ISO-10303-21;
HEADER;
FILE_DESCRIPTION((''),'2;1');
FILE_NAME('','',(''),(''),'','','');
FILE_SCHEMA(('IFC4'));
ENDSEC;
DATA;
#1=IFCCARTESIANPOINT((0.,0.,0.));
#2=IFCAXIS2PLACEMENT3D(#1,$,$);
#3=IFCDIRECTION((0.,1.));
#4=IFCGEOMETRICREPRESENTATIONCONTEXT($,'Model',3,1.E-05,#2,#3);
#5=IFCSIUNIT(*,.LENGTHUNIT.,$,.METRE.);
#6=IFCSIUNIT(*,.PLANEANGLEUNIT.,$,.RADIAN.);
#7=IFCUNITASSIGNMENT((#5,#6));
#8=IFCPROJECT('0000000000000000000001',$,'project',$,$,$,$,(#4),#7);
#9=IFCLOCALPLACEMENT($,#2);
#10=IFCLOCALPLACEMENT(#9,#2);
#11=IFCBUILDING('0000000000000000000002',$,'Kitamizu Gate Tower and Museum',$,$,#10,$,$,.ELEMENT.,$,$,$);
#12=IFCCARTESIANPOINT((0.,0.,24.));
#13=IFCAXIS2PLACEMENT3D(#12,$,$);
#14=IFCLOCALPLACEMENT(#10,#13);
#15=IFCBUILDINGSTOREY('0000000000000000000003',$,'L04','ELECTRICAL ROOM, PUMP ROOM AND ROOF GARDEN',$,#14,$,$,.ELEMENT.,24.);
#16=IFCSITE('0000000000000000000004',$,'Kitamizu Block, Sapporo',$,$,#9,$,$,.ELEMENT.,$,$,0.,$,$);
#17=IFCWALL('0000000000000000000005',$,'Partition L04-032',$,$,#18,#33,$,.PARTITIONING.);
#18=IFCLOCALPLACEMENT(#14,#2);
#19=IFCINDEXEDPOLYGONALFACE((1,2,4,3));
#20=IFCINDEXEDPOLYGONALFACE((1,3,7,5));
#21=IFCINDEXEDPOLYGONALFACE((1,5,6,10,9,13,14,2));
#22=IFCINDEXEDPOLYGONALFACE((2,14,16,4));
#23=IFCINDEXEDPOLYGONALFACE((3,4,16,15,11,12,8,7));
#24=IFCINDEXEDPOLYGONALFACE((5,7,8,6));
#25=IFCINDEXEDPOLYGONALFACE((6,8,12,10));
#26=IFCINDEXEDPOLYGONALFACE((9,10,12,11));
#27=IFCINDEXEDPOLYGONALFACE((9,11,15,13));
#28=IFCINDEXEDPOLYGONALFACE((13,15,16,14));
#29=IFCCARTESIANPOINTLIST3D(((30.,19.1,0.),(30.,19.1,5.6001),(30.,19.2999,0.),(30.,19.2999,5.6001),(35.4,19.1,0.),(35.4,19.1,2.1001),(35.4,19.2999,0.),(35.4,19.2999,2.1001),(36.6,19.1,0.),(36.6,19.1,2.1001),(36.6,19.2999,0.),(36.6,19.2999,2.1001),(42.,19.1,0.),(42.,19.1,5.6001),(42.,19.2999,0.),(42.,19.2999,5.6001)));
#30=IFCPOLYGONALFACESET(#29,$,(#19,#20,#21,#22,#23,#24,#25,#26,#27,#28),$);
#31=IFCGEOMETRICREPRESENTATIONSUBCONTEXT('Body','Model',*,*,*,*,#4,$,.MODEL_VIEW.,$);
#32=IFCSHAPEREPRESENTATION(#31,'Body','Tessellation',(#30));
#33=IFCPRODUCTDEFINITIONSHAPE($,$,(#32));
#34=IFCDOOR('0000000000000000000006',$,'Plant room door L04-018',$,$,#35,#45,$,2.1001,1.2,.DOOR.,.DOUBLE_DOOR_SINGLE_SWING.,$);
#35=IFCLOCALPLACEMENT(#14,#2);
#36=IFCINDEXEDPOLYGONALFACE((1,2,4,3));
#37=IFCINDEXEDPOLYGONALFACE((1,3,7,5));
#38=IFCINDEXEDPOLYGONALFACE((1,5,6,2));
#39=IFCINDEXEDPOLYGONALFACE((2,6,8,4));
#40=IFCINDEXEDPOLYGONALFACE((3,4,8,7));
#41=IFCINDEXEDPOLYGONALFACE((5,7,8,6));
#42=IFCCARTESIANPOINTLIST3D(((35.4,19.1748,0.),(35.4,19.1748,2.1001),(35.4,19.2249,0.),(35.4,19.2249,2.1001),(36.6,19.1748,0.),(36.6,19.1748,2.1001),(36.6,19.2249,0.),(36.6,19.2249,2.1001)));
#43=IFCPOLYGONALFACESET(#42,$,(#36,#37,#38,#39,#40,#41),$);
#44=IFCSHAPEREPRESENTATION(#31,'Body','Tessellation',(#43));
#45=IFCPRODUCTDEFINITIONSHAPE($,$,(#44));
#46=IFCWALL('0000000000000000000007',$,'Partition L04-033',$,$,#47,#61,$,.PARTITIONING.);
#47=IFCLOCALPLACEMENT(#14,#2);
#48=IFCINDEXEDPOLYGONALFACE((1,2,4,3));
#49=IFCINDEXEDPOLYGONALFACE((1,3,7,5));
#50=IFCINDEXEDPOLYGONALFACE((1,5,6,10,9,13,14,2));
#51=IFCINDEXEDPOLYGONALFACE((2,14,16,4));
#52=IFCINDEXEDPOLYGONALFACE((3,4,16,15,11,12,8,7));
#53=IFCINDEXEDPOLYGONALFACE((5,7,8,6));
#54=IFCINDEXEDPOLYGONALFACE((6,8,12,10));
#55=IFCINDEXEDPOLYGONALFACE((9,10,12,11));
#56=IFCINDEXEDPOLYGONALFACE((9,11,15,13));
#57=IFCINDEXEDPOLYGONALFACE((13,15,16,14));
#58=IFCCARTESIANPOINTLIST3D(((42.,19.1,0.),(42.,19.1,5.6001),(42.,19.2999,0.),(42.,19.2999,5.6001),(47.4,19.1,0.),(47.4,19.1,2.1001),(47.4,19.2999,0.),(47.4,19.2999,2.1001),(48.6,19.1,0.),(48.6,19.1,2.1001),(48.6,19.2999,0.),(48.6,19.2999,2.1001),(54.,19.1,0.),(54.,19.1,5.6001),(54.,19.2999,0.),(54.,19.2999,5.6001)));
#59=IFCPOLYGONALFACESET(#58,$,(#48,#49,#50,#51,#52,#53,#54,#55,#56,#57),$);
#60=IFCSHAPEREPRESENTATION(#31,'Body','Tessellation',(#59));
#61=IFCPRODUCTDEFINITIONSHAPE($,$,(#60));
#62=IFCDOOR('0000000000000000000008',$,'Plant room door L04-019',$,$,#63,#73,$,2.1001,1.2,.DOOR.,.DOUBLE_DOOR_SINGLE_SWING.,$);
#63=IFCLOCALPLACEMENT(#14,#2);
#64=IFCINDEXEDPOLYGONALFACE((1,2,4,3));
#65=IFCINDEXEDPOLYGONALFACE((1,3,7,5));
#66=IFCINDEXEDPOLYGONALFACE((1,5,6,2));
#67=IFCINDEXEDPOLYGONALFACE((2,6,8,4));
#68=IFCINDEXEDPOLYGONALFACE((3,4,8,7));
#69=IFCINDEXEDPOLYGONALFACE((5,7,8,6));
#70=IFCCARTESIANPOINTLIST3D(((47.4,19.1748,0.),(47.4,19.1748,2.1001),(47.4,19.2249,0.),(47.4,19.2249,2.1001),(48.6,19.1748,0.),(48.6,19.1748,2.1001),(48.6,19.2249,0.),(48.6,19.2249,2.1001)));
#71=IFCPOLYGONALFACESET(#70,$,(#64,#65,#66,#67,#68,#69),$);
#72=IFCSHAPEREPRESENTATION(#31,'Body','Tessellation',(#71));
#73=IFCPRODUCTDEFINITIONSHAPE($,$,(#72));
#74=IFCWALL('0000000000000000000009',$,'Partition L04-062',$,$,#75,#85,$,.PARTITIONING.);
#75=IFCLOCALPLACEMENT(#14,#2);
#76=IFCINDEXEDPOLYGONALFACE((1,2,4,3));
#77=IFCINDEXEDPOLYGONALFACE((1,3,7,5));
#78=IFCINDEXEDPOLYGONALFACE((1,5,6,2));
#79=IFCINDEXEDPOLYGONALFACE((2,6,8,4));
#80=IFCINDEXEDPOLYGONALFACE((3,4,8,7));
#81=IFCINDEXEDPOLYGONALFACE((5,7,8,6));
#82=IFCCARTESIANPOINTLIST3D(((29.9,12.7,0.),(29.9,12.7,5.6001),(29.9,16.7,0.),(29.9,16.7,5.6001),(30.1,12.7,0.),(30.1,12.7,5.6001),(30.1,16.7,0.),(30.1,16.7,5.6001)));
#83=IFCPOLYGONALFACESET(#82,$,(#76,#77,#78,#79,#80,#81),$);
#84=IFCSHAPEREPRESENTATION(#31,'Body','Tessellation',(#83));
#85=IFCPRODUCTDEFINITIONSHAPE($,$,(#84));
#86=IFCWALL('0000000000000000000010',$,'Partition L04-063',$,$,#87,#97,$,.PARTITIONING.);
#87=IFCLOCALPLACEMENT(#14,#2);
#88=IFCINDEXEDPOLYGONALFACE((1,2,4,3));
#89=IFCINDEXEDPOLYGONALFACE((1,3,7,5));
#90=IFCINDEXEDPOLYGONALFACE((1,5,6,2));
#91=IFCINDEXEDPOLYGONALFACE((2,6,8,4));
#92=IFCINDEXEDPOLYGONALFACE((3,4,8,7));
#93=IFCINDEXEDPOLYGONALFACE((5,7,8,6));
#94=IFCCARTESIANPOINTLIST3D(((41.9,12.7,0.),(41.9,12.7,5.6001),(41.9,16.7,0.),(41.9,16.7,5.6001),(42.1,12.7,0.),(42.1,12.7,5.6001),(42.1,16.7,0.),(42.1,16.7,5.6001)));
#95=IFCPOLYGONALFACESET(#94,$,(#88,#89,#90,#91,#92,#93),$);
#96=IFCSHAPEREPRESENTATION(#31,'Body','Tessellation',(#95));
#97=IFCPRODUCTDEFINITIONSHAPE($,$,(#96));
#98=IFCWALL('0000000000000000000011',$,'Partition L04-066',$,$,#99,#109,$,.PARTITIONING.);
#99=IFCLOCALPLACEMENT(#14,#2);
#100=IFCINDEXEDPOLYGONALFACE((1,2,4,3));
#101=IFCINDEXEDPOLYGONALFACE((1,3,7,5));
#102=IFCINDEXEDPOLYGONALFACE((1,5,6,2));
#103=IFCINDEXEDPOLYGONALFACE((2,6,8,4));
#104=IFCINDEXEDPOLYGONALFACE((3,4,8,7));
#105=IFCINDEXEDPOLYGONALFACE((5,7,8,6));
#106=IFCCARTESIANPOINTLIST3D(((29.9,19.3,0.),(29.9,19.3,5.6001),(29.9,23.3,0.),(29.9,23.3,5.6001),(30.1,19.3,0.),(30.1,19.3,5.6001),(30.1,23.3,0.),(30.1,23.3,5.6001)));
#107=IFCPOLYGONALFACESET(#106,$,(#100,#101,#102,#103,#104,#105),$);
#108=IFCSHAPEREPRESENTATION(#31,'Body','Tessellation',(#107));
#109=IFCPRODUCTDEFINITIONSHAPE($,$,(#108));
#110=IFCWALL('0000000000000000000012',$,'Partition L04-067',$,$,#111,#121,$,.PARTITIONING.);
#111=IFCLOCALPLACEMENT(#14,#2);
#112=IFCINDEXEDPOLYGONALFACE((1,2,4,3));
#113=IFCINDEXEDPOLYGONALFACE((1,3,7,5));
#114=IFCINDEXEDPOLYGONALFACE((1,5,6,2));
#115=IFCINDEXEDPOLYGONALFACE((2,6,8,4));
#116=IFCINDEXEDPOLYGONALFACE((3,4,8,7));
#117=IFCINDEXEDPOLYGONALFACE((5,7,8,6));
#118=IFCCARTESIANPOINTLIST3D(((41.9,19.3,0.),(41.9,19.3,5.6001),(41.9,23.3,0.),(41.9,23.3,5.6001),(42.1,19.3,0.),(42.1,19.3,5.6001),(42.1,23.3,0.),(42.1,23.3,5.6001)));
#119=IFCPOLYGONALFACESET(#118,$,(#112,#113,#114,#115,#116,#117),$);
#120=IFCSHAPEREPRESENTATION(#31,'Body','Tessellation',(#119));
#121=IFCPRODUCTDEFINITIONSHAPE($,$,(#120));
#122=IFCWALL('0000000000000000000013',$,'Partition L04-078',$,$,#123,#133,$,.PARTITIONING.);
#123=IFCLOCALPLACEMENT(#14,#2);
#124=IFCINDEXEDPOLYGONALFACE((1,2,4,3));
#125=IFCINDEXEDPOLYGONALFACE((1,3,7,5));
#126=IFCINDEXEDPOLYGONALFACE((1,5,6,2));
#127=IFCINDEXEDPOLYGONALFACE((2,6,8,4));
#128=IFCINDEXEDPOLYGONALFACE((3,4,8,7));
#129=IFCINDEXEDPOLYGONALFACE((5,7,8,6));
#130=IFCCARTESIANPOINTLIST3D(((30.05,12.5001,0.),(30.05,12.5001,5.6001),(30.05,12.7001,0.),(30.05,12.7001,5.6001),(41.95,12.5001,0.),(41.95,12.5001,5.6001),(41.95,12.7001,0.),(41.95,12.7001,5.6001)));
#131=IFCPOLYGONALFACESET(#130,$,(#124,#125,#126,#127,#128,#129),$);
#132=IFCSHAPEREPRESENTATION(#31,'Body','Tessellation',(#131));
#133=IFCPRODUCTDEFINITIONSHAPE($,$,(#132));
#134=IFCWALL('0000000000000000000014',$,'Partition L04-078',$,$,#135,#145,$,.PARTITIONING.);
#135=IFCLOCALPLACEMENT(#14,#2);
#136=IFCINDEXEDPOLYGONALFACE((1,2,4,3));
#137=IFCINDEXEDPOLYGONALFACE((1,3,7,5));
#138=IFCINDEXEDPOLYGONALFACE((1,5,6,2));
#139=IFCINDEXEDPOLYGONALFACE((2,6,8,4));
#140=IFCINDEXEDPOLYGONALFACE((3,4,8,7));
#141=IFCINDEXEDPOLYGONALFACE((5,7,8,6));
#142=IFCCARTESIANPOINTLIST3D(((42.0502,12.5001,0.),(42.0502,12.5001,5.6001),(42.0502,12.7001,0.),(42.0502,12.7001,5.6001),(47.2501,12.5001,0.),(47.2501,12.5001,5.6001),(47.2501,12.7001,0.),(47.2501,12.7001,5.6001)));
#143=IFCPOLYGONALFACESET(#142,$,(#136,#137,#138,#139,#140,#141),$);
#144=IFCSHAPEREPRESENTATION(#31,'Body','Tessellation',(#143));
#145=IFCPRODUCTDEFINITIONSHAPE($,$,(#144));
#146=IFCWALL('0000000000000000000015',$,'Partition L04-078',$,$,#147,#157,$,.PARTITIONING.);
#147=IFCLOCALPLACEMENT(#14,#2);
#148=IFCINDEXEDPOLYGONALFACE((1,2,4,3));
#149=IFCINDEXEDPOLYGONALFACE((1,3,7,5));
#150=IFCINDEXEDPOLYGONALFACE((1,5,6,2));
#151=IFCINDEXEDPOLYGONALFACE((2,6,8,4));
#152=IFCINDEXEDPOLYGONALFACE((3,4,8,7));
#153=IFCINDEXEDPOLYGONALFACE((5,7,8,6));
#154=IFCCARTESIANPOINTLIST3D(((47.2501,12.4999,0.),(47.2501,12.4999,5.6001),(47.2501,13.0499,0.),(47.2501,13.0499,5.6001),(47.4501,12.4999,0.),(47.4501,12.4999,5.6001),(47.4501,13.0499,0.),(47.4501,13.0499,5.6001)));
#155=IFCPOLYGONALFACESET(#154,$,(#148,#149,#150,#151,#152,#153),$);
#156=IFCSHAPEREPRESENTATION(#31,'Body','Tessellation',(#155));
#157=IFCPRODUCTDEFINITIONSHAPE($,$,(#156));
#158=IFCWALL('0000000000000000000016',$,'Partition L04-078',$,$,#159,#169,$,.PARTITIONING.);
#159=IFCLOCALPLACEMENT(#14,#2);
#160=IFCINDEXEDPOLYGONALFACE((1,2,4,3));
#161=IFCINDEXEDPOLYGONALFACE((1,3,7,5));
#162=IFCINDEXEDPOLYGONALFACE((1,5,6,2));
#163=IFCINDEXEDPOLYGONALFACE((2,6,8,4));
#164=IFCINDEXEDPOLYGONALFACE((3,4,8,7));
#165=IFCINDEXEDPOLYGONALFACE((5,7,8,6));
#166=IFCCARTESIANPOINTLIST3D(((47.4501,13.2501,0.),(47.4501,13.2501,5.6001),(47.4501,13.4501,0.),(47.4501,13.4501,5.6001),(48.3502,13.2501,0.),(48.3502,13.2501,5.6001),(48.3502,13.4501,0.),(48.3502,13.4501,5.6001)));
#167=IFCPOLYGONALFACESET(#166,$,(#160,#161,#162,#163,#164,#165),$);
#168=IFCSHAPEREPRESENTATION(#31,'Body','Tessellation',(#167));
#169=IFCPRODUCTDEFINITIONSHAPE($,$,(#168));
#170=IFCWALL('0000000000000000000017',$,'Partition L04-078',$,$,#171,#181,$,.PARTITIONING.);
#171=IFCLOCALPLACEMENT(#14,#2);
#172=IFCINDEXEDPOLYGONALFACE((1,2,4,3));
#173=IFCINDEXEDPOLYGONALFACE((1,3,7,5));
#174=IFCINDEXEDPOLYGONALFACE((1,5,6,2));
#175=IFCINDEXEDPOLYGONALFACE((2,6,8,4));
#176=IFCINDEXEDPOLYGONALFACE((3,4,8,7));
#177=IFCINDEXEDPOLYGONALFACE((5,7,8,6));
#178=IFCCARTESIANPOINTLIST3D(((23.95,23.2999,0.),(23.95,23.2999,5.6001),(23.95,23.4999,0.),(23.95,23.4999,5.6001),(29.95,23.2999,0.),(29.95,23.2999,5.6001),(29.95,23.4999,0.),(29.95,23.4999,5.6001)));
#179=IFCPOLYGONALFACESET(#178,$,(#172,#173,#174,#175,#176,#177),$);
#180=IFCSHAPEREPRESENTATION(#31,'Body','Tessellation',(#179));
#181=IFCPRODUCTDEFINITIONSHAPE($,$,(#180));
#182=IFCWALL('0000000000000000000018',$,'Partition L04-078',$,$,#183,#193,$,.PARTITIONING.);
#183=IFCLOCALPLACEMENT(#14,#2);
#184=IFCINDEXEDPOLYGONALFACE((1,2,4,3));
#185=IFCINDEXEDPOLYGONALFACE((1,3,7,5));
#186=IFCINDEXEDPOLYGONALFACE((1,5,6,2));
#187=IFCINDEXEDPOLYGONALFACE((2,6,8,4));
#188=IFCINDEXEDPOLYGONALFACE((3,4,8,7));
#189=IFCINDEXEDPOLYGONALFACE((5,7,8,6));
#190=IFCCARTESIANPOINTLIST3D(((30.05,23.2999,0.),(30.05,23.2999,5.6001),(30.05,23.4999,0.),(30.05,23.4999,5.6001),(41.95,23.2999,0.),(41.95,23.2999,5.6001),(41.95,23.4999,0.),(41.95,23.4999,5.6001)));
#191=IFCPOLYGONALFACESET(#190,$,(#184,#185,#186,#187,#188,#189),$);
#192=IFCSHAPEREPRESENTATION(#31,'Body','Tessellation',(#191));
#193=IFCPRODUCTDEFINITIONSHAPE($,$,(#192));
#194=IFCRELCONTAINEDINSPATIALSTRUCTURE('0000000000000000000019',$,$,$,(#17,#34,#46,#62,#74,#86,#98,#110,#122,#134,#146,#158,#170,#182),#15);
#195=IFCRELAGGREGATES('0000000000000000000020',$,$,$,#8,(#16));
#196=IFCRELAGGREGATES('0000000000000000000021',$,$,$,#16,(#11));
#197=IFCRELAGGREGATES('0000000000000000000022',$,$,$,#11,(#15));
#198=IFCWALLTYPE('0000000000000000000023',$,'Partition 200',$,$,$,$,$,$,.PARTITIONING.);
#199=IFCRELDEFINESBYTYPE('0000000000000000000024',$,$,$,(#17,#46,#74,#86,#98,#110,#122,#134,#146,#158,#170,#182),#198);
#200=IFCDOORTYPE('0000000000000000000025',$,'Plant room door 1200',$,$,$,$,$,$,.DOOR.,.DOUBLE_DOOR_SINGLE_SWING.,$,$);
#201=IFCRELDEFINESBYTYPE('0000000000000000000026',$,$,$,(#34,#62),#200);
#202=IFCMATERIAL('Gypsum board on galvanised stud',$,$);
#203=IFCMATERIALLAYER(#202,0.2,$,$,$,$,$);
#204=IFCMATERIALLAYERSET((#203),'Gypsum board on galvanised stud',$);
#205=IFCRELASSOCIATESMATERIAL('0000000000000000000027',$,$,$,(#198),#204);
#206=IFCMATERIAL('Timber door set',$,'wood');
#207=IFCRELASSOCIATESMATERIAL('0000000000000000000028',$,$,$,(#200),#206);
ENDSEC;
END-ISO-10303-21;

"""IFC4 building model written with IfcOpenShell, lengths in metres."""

from ifc_helpers import new_model, si_unit, direction, frame, frame_2d, origin, place, context, subcontext, project, spatial, rectangle, extrude, material, layer, layer_set, type_object, element, fill, save


model = new_model("IFC4")

# Units and contexts
model_context = context("Model", 3, precision=1e-05, world=origin(), true_north=direction((0.0, 1.0)))
body_context = subcontext(model_context, "Body", "Model", "MODEL_VIEW")
ifc_project = project(units=[si_unit("LENGTHUNIT", "METRE"), si_unit("PLANEANGLEUNIT", "RADIAN")], contexts=[model_context])

# Site, building, storey
site_placement = place(None, origin())
site = spatial("IfcSite", under=ifc_project, at=site_placement, Name="Kitamizu Block, Sapporo", CompositionType="ELEMENT", RefElevation=0.0)
building_placement = place(site_placement, origin())
building = spatial("IfcBuilding", under=site, at=building_placement, Name="Kitamizu Gate Tower and Museum", CompositionType="ELEMENT")
storey_placement = place(building_placement, frame((0.0, 0.0, 24.0)))
storey = spatial("IfcBuildingStorey", under=building, at=storey_placement, Name="L04", Description="ELECTRICAL ROOM, PUMP ROOM AND ROOF GARDEN", CompositionType="ELEMENT", Elevation=24.0)

# Walls, openings, doors
ifc_material_1 = material(Name="Gypsum board on galvanised stud")
ifc_layer = layer(ifc_material_1, 0.2)
ifc_layer_set = layer_set([ifc_layer], Name="Gypsum board on galvanised stud")
wall_type = type_object("IfcWallType", Name="Partition 200", PredefinedType="PARTITIONING", material=ifc_layer_set)
ifc_material_2 = material(Name="Timber door set", Category="wood")
door_type = type_object("IfcDoorType", Name="Plant room door 1200", OperationType="DOUBLE_DOOR_SINGLE_SWING", PredefinedType="DOOR", material=ifc_material_2)
wall_1_placement = place(storey_placement, frame((30.0, 19.2, 0.0), z_axis=(0.0, 0.0, 1.0), x_axis=(1.0, 0.0, 0.0)))
wall_1 = element("IfcWall", 1, at=wall_1_placement, inside=storey, type_object=wall_type, Name="Partition L04-032", PredefinedType="PARTITIONING", context=body_context, shape_type="SweptSolid", body=[
    extrude(rectangle(XDim=12.0, YDim=0.2, at=frame_2d((6.0, 0.0))), origin(), (0.0, 0.0, 1.0), 5.6001),
])
opening_1_placement = place(wall_1_placement, frame((5.3999, 0.0, 0.0)))
opening_1 = element("IfcOpeningElement", 2, at=opening_1_placement, cuts=wall_1, PredefinedType="OPENING", context=body_context, shape_type="SweptSolid", body=[
    extrude(rectangle(XDim=1.2, YDim=2.1001, at=frame_2d((0.6001, 1.05))), frame((0.0, 0.1099, 0.0), z_axis=(0.0, -1.0, 0.0), x_axis=(1.0, 0.0, 0.0)), (0.0, 0.0, 1.0), 0.22),
])
door_1_placement = place(opening_1_placement, origin())
door_1 = element("IfcDoor", 3, at=door_1_placement, inside=storey, type_object=door_type, Name="Plant room door L04-018", OperationType="DOUBLE_DOOR_SINGLE_SWING", OverallHeight=2.1001, OverallWidth=1.2, PredefinedType="DOOR", context=body_context, shape_type="SweptSolid", body=[
    extrude(rectangle(XDim=1.2, YDim=2.1001, at=frame_2d((0.6001, 1.05))), frame((0.0, 0.0249, 0.0), z_axis=(0.0, -1.0, 0.0), x_axis=(1.0, 0.0, 0.0)), (0.0, 0.0, 1.0), 0.05),
])
fill(opening_1, door_1)
wall_2_placement = place(storey_placement, frame((42.0, 19.2, 0.0), z_axis=(0.0, 0.0, 1.0), x_axis=(1.0, 0.0, 0.0)))
wall_2 = element("IfcWall", 4, at=wall_2_placement, inside=storey, type_object=wall_type, Name="Partition L04-033", PredefinedType="PARTITIONING", context=body_context, shape_type="SweptSolid", body=[
    extrude(rectangle(XDim=12.0, YDim=0.2, at=frame_2d((6.0, 0.0))), origin(), (0.0, 0.0, 1.0), 5.6001),
])
opening_2_placement = place(wall_2_placement, frame((5.3999, 0.0, 0.0)))
opening_2 = element("IfcOpeningElement", 5, at=opening_2_placement, cuts=wall_2, PredefinedType="OPENING", context=body_context, shape_type="SweptSolid", body=[
    extrude(rectangle(XDim=1.2, YDim=2.1001, at=frame_2d((0.6001, 1.05))), frame((0.0, 0.1099, 0.0), z_axis=(0.0, -1.0, 0.0), x_axis=(1.0, 0.0, 0.0)), (0.0, 0.0, 1.0), 0.22),
])
door_2_placement = place(opening_2_placement, origin())
door_2 = element("IfcDoor", 6, at=door_2_placement, inside=storey, type_object=door_type, Name="Plant room door L04-019", OperationType="DOUBLE_DOOR_SINGLE_SWING", OverallHeight=2.1001, OverallWidth=1.2, PredefinedType="DOOR", context=body_context, shape_type="SweptSolid", body=[
    extrude(rectangle(XDim=1.2, YDim=2.1001, at=frame_2d((0.6001, 1.05))), frame((0.0, 0.0249, 0.0), z_axis=(0.0, -1.0, 0.0), x_axis=(1.0, 0.0, 0.0)), (0.0, 0.0, 1.0), 0.05),
])
fill(opening_2, door_2)

# Walls
for number, where, z_axis, x_axis, name in (
    (7, (30.0, 12.7, 0.0), (0.0, 0.0, 1.0), (0.0, 1.0, 0.0), "Partition L04-062"),
    (8, (42.0, 12.7, 0.0), (0.0, 0.0, 1.0), (0.0, 1.0, 0.0), "Partition L04-063"),
    (9, (30.0, 19.3, 0.0), (0.0, 0.0, 1.0), (0.0, 1.0, 0.0), "Partition L04-066"),
    (10, (42.0, 19.3, 0.0), (0.0, 0.0, 1.0), (0.0, 1.0, 0.0), "Partition L04-067"),
):
    element("IfcWall", number, at=place(storey_placement, frame(where, z_axis=z_axis, x_axis=x_axis)), inside=storey, type_object=wall_type, Name=name, PredefinedType="PARTITIONING", context=body_context, shape_type="SweptSolid", body=[
        extrude(rectangle(XDim=4.0, YDim=0.2, at=frame_2d((2.0, 0.0))), origin(), (0.0, 0.0, 1.0), 5.6001),
    ])
wall_3_placement = place(storey_placement, frame((30.05, 12.6001, 0.0), z_axis=(0.0, 0.0, 1.0), x_axis=(1.0, 0.0, 0.0)))
element("IfcWall", 11, at=wall_3_placement, inside=storey, type_object=wall_type, Name="Partition L04-078", PredefinedType="PARTITIONING", context=body_context, shape_type="SweptSolid", body=[
    extrude(rectangle(XDim=11.8999, YDim=0.2, at=frame_2d((5.95, 0.0))), origin(), (0.0, 0.0, 1.0), 5.6001),
])
wall_4_placement = place(storey_placement, frame((42.05, 12.6001, 0.0), z_axis=(0.0, 0.0, 1.0), x_axis=(1.0, 0.0, 0.0)))
element("IfcWall", 12, at=wall_4_placement, inside=storey, type_object=wall_type, Name="Partition L04-078", PredefinedType="PARTITIONING", context=body_context, shape_type="SweptSolid", body=[
    extrude(rectangle(XDim=5.2, YDim=0.2, at=frame_2d((2.6001, 0.0))), origin(), (0.0, 0.0, 1.0), 5.6001),
])
wall_5_placement = place(storey_placement, frame((47.3501, 12.5, 0.0), z_axis=(0.0, 0.0, 1.0), x_axis=(0.0, 1.0, 0.0)))
element("IfcWall", 13, at=wall_5_placement, inside=storey, type_object=wall_type, Name="Partition L04-078", PredefinedType="PARTITIONING", context=body_context, shape_type="SweptSolid", body=[
    extrude(rectangle(XDim=0.55, YDim=0.2, at=frame_2d((0.2749, 0.0))), origin(), (0.0, 0.0, 1.0), 5.6001),
])
wall_6_placement = place(storey_placement, frame((47.45, 13.3501, 0.0), z_axis=(0.0, 0.0, 1.0), x_axis=(1.0, 0.0, 0.0)))
element("IfcWall", 14, at=wall_6_placement, inside=storey, type_object=wall_type, Name="Partition L04-078", PredefinedType="PARTITIONING", context=body_context, shape_type="SweptSolid", body=[
    extrude(rectangle(XDim=0.9001, YDim=0.2, at=frame_2d((0.4502, 0.0))), origin(), (0.0, 0.0, 1.0), 5.6001),
])
wall_7_placement = place(storey_placement, frame((29.95, 23.3999, 0.0), z_axis=(0.0, 0.0, 1.0), x_axis=(-1.0, 0.0, 0.0)))
element("IfcWall", 15, at=wall_7_placement, inside=storey, type_object=wall_type, Name="Partition L04-078", PredefinedType="PARTITIONING", context=body_context, shape_type="SweptSolid", body=[
    extrude(rectangle(XDim=6.0, YDim=0.2, at=frame_2d((3.0, 0.0))), origin(), (0.0, 0.0, 1.0), 5.6001),
])
wall_8_placement = place(storey_placement, frame((41.95, 23.3999, 0.0), z_axis=(0.0, 0.0, 1.0), x_axis=(-1.0, 0.0, 0.0)))
element("IfcWall", 16, at=wall_8_placement, inside=storey, type_object=wall_type, Name="Partition L04-078", PredefinedType="PARTITIONING", context=body_context, shape_type="SweptSolid", body=[
    extrude(rectangle(XDim=11.8999, YDim=0.2, at=frame_2d((5.95, 0.0))), origin(), (0.0, 0.0, 1.0), 5.6001),
])

save(model, "model.ifc")
